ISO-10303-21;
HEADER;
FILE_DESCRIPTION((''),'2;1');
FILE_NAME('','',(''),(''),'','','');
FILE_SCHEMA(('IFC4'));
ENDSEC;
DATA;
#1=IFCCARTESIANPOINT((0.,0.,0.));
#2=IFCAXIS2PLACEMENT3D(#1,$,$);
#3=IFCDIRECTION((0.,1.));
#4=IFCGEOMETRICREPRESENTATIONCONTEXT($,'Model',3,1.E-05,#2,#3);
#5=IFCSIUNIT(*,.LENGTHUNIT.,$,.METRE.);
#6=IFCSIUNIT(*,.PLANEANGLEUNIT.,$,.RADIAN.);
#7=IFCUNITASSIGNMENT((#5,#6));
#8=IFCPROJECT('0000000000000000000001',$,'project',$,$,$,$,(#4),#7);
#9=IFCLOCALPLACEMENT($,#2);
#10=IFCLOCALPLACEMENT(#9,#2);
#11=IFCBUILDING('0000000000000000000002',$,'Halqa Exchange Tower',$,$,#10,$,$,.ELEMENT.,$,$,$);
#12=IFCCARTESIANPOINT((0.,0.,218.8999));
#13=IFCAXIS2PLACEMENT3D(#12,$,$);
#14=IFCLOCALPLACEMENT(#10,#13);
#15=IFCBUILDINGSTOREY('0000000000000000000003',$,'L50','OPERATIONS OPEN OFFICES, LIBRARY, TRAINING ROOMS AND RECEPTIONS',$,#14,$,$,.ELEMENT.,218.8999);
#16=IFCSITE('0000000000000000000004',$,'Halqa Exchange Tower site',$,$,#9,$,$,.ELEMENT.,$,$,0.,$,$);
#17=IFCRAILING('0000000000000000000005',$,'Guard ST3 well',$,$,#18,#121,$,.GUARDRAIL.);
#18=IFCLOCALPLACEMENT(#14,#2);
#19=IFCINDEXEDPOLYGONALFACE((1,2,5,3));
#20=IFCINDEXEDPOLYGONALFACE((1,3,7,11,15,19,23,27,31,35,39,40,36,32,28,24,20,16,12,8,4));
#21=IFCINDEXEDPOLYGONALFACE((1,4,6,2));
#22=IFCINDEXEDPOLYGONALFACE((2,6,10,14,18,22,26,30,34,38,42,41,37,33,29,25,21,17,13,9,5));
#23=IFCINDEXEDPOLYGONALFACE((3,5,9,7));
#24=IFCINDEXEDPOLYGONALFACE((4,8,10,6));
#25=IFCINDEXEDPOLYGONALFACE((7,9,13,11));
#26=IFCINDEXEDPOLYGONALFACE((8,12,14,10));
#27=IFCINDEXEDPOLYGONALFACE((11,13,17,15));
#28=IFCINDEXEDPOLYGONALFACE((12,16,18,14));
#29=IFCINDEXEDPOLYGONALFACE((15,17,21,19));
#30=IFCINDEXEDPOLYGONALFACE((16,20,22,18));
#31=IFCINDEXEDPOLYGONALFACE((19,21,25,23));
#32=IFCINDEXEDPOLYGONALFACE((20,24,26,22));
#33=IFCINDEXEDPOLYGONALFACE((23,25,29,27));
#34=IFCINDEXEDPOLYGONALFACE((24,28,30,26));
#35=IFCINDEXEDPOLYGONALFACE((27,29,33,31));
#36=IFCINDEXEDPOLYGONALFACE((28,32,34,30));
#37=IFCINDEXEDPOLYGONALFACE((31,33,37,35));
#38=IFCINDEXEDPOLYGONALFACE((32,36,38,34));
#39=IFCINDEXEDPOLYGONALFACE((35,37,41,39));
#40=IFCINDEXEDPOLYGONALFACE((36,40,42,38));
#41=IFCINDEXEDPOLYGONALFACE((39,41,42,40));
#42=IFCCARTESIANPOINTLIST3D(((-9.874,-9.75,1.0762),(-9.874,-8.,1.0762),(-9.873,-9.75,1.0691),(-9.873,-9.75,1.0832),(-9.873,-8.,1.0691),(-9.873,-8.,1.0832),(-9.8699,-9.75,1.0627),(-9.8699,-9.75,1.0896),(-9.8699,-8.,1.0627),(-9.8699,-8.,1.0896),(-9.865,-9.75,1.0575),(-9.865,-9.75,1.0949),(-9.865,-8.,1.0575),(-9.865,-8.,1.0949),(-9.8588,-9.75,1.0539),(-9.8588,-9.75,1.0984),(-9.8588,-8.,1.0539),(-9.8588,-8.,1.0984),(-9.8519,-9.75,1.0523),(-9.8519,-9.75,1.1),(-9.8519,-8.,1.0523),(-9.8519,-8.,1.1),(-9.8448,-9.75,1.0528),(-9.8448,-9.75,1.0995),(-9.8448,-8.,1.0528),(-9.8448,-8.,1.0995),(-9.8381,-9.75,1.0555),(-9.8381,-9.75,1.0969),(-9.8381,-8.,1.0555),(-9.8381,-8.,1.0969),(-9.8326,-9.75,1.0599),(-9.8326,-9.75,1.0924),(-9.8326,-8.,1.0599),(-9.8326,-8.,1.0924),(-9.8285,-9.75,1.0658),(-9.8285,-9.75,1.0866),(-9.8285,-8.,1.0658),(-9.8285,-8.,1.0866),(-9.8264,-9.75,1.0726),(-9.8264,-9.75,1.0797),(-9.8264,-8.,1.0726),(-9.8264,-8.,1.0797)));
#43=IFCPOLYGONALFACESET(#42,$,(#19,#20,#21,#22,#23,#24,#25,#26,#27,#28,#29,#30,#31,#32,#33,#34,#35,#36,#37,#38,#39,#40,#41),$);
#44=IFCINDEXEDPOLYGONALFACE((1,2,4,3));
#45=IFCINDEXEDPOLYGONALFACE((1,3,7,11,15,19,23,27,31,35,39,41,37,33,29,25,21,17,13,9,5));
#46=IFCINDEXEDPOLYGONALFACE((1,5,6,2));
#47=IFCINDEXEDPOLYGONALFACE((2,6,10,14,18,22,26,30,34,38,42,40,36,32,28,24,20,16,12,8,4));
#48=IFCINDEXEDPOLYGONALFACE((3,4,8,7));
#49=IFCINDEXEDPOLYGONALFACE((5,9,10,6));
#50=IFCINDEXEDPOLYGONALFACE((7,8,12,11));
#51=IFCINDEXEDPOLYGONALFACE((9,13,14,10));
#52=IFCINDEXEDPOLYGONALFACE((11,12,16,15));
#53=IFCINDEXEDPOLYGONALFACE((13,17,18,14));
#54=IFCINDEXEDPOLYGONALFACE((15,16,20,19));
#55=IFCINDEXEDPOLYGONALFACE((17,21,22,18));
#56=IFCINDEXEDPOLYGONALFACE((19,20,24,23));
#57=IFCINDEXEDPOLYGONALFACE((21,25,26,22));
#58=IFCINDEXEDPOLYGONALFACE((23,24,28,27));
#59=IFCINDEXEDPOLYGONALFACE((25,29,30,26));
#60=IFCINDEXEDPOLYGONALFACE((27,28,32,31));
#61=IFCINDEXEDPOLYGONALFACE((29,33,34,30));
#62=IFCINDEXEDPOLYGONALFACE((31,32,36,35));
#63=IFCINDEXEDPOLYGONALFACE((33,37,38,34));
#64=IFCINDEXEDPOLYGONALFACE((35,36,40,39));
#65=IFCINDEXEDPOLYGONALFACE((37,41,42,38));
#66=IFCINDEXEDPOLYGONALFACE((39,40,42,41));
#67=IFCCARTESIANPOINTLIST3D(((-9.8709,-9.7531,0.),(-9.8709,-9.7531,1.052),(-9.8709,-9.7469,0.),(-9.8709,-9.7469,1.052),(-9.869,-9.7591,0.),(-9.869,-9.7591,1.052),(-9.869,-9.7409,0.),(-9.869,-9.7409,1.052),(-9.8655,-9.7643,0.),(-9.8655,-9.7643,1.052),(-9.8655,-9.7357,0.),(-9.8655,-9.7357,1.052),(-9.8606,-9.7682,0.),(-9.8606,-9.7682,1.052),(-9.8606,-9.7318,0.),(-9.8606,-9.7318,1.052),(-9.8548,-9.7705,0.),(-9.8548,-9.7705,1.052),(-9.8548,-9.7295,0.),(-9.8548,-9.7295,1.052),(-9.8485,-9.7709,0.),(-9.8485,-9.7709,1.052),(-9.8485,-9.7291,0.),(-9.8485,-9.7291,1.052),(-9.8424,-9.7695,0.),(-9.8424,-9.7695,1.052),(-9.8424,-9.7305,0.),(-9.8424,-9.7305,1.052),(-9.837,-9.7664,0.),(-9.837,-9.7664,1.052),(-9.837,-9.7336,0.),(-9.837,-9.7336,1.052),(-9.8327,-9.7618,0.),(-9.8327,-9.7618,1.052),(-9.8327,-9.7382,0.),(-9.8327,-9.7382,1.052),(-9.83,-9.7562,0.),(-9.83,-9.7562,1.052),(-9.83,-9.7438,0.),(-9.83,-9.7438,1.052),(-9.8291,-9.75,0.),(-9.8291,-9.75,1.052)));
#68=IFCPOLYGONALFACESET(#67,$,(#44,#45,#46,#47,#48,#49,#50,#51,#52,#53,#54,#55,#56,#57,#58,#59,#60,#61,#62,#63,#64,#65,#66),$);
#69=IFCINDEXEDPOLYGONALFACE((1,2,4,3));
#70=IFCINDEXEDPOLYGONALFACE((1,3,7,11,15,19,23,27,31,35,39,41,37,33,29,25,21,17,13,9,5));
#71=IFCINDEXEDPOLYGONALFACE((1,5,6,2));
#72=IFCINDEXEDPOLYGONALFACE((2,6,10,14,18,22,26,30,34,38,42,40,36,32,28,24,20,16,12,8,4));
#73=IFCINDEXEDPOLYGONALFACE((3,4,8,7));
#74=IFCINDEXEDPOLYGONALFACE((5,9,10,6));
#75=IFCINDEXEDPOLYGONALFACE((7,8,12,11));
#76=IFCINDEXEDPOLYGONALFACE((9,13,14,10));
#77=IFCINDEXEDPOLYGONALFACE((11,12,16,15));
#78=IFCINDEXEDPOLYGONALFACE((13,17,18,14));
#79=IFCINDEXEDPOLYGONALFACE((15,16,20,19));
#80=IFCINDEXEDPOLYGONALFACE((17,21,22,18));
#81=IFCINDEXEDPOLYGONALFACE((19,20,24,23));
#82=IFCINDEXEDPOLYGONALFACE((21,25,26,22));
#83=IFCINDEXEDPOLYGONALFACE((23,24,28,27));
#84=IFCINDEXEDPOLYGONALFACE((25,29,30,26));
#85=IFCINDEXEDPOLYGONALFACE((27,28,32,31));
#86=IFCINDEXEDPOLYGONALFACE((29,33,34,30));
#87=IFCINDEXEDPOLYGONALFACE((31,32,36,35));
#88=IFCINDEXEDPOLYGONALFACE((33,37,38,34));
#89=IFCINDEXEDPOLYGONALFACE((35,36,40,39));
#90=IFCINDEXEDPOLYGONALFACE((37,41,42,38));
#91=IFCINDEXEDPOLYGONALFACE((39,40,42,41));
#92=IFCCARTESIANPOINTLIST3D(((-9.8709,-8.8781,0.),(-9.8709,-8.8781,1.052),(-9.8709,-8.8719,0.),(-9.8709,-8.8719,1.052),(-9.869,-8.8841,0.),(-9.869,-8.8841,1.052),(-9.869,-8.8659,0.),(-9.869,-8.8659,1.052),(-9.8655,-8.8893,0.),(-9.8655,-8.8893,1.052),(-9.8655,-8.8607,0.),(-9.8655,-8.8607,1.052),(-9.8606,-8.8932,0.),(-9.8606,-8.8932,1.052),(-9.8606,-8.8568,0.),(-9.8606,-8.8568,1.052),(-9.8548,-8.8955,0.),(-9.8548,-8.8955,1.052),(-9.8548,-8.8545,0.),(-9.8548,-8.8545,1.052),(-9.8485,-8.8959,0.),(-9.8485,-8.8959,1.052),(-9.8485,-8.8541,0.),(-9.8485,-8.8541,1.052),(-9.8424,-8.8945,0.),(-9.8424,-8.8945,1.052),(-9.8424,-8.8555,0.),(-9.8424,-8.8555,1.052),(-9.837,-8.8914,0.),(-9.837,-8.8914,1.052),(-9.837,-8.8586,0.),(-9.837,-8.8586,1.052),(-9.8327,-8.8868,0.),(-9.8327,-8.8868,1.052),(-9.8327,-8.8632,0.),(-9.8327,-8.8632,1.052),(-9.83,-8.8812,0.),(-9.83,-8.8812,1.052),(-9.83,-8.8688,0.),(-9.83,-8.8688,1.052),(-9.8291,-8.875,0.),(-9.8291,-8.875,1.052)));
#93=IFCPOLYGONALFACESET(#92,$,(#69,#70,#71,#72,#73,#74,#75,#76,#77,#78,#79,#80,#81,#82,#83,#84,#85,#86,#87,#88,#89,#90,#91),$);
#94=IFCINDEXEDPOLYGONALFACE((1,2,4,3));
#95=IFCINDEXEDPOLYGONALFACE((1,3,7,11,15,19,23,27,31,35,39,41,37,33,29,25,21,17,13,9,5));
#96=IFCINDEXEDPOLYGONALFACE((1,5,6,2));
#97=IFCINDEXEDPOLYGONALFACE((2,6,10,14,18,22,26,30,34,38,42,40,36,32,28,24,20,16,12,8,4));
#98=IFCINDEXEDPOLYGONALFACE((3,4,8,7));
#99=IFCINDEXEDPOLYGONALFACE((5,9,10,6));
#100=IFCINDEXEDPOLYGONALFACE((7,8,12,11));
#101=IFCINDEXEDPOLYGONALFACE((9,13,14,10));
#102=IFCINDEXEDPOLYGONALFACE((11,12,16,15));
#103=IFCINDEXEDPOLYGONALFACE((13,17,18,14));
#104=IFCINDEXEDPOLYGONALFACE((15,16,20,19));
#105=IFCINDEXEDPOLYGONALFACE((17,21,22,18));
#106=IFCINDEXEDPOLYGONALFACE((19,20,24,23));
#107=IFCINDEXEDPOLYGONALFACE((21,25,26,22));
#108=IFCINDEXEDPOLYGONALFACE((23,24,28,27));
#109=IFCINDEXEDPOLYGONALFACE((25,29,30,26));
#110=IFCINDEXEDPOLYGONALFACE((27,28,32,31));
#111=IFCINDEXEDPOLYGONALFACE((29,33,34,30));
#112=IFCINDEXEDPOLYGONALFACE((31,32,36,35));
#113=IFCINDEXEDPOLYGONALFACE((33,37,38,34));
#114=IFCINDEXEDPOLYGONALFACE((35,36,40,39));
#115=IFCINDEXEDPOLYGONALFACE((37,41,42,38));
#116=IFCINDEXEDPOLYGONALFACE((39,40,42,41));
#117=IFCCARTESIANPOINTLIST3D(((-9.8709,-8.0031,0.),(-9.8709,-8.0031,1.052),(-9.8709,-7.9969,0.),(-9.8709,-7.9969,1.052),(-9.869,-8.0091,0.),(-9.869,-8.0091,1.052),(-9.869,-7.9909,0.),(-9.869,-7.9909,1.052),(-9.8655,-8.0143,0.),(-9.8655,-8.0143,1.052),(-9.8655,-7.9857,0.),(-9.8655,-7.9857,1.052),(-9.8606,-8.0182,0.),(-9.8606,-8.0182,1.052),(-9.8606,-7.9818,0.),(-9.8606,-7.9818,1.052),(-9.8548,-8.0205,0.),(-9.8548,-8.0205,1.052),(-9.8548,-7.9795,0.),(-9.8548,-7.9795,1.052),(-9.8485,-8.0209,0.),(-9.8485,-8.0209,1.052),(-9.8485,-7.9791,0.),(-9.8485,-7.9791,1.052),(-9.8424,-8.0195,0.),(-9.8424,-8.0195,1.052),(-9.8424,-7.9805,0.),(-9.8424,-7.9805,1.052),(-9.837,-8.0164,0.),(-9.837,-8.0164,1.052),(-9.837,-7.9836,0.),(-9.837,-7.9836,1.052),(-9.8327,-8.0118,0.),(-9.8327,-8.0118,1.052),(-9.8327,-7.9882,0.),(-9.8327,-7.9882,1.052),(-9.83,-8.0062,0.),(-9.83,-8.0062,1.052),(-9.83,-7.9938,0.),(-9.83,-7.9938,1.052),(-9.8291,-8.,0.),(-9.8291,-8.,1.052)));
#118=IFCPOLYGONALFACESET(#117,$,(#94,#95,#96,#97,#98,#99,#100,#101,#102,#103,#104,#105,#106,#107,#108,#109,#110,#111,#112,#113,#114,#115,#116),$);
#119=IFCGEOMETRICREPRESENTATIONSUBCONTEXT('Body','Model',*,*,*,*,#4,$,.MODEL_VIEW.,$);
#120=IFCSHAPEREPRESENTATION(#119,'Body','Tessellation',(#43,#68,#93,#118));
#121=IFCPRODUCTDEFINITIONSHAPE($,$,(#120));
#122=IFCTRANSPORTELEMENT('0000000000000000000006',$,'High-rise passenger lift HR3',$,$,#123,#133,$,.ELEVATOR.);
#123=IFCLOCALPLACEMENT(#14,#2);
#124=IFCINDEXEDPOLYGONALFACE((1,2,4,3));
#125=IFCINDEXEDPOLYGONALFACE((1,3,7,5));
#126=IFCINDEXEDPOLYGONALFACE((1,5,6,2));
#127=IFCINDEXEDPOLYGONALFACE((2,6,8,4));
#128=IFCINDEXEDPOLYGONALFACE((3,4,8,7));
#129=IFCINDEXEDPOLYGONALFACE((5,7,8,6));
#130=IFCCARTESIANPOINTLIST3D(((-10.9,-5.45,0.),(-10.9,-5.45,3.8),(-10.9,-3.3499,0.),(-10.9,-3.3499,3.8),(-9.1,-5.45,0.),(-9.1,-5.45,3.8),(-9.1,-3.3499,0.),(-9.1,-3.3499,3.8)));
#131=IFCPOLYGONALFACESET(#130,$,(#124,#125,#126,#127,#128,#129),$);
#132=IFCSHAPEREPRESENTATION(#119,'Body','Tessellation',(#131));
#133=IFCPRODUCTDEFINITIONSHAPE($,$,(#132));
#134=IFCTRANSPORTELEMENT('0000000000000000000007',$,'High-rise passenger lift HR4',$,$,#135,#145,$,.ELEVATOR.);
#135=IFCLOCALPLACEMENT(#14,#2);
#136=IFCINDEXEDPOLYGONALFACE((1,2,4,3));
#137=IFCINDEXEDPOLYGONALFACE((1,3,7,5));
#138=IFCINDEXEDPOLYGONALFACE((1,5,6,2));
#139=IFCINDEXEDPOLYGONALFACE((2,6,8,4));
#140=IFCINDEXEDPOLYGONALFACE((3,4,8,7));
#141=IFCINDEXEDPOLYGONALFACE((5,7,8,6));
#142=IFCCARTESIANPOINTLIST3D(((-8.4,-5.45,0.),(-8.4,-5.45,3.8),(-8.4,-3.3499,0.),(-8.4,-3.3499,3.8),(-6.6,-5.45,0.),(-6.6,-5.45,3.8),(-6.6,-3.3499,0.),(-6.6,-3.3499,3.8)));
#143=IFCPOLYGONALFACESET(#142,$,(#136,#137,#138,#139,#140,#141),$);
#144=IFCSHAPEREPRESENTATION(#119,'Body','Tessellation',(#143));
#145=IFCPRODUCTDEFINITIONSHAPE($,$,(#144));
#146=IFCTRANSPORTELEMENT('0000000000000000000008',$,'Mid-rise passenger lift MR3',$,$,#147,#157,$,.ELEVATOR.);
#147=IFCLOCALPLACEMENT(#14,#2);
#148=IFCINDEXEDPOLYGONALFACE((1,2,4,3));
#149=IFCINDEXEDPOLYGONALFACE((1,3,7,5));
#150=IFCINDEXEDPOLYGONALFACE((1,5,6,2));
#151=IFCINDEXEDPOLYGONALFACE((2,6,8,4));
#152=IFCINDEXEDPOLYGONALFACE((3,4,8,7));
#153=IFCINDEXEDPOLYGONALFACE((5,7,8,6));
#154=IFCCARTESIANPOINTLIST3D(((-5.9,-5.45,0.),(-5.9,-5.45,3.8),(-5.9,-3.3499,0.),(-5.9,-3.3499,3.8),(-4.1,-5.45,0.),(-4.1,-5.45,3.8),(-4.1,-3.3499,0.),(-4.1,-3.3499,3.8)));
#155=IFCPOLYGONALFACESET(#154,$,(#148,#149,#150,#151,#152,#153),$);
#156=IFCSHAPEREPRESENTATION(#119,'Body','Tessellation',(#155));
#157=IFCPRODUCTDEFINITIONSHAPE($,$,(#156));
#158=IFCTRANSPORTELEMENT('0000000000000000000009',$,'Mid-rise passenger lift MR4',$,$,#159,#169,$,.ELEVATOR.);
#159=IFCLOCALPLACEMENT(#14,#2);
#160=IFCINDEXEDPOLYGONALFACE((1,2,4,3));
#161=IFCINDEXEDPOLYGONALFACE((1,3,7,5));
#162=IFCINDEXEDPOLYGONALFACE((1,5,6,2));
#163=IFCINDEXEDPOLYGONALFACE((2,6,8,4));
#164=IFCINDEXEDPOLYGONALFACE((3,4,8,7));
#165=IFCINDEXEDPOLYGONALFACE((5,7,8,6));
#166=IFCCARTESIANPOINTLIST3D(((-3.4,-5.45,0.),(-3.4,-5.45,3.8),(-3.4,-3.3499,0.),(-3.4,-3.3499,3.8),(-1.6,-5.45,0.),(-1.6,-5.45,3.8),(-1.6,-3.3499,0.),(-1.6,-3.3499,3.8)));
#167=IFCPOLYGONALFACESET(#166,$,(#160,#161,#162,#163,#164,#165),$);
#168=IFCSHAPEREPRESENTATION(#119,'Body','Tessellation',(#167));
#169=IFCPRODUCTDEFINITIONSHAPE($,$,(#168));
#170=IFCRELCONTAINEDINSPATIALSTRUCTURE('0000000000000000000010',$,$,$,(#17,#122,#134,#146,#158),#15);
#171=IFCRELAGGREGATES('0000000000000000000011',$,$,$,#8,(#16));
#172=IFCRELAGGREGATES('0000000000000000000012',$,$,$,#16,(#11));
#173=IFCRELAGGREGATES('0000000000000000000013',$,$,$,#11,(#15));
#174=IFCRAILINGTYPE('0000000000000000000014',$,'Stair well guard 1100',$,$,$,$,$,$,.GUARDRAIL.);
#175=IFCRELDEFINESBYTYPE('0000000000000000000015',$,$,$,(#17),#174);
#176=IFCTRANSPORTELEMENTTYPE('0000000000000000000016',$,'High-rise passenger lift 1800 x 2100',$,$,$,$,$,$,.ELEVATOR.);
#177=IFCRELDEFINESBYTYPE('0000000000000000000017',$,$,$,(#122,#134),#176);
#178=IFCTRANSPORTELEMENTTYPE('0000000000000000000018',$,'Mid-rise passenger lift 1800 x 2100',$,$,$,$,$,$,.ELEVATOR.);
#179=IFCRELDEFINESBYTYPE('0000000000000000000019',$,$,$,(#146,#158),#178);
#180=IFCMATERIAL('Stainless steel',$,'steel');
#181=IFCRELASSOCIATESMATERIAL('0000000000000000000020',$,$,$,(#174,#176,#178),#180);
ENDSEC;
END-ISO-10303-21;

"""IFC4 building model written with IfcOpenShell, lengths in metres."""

from ifc_helpers import new_model, si_unit, direction, frame, origin, origin_2d, place, context, subcontext, project, spatial, rectangle, circle, extrude, material, type_object, element, save


model = new_model("IFC4")

# Units and contexts
model_context = context("Model", 3, precision=1e-05, world=origin(), true_north=direction((0.0, 1.0)))
body_context = subcontext(model_context, "Body", "Model", "MODEL_VIEW")
ifc_project = project(units=[si_unit("LENGTHUNIT", "METRE"), si_unit("PLANEANGLEUNIT", "RADIAN")], contexts=[model_context])

# Site, building, storey
site_placement = place(None, origin())
site = spatial("IfcSite", under=ifc_project, at=site_placement, Name="Halqa Exchange Tower site", CompositionType="ELEMENT", RefElevation=0.0)
building_placement = place(site_placement, origin())
building = spatial("IfcBuilding", under=site, at=building_placement, Name="Halqa Exchange Tower", CompositionType="ELEMENT")
storey_placement = place(building_placement, frame((0.0, 0.0, 218.8999)))
storey = spatial("IfcBuildingStorey", under=building, at=storey_placement, Name="L50", Description="OPERATIONS OPEN OFFICES, LIBRARY, TRAINING ROOMS AND RECEPTIONS", CompositionType="ELEMENT", Elevation=218.8999)

# Shared definitions
ifc_material_1 = material(Name="Stainless steel", Category="steel")

# Railing
railing_type_1 = type_object("IfcRailingType", Name="Stair well guard 1100", PredefinedType="GUARDRAIL", material=ifc_material_1)
railing_1_placement = place(storey_placement, frame((-9.8501, -9.75, 0.0)))
element("IfcRailing", 1, at=railing_1_placement, inside=storey, type_object=railing_type_1, Name="Guard ST3 well", PredefinedType="GUARDRAIL", context=body_context, shape_type="SweptSolid", body=[
    extrude(circle(Radius=0.0239, at=origin_2d()), frame((0.0, 0.0, 1.0762), z_axis=(0.0, 1.0, 0.0), x_axis=(-1.0, 0.0, 0.0)), (0.0, 0.0, 1.0), 1.75),
    extrude(circle(Radius=0.021, at=origin_2d()), origin(), (0.0, 0.0, 1.0), 1.052),
    extrude(circle(Radius=0.021, at=origin_2d()), frame((0.0, 0.875, 0.0)), (0.0, 0.0, 1.0), 1.052),
    extrude(circle(Radius=0.021, at=origin_2d()), frame((0.0, 1.75, 0.0)), (0.0, 0.0, 1.0), 1.052),
])

# Transport elements
transport_element_type_1 = type_object("IfcTransportElementType", Name="High-rise passenger lift 1800 x 2100", PredefinedType="ELEVATOR", material=ifc_material_1)
for number, where, z_axis, x_axis, name in (
    (2, (-10.0, -4.3999, 0.0), (0.0, 0.0, 1.0), (1.0, 0.0, 0.0), "High-rise passenger lift HR3"),
    (3, (-7.5, -4.3999, 0.0), (0.0, 0.0, 1.0), (1.0, 0.0, 0.0), "High-rise passenger lift HR4"),
):
    element("IfcTransportElement", number, at=place(storey_placement, frame(where, z_axis=z_axis, x_axis=x_axis)), inside=storey, type_object=transport_element_type_1, Name=name, PredefinedType="ELEVATOR", context=body_context, shape_type="SweptSolid", body=[
        extrude(rectangle(XDim=1.8, YDim=2.1001, at=origin_2d()), origin(), (0.0, 0.0, 1.0), 3.8),
    ])
transport_element_type_2 = type_object("IfcTransportElementType", Name="Mid-rise passenger lift 1800 x 2100", PredefinedType="ELEVATOR", material=ifc_material_1)
for number, where, z_axis, x_axis, name in (
    (4, (-5.0, -4.3999, 0.0), (0.0, 0.0, 1.0), (1.0, 0.0, 0.0), "Mid-rise passenger lift MR3"),
    (5, (-2.5, -4.3999, 0.0), (0.0, 0.0, 1.0), (1.0, 0.0, 0.0), "Mid-rise passenger lift MR4"),
):
    element("IfcTransportElement", number, at=place(storey_placement, frame(where, z_axis=z_axis, x_axis=x_axis)), inside=storey, type_object=transport_element_type_2, Name=name, PredefinedType="ELEVATOR", context=body_context, shape_type="SweptSolid", body=[
        extrude(rectangle(XDim=1.8, YDim=2.1001, at=origin_2d()), origin(), (0.0, 0.0, 1.0), 3.8),
    ])

save(model, "model.ifc")
